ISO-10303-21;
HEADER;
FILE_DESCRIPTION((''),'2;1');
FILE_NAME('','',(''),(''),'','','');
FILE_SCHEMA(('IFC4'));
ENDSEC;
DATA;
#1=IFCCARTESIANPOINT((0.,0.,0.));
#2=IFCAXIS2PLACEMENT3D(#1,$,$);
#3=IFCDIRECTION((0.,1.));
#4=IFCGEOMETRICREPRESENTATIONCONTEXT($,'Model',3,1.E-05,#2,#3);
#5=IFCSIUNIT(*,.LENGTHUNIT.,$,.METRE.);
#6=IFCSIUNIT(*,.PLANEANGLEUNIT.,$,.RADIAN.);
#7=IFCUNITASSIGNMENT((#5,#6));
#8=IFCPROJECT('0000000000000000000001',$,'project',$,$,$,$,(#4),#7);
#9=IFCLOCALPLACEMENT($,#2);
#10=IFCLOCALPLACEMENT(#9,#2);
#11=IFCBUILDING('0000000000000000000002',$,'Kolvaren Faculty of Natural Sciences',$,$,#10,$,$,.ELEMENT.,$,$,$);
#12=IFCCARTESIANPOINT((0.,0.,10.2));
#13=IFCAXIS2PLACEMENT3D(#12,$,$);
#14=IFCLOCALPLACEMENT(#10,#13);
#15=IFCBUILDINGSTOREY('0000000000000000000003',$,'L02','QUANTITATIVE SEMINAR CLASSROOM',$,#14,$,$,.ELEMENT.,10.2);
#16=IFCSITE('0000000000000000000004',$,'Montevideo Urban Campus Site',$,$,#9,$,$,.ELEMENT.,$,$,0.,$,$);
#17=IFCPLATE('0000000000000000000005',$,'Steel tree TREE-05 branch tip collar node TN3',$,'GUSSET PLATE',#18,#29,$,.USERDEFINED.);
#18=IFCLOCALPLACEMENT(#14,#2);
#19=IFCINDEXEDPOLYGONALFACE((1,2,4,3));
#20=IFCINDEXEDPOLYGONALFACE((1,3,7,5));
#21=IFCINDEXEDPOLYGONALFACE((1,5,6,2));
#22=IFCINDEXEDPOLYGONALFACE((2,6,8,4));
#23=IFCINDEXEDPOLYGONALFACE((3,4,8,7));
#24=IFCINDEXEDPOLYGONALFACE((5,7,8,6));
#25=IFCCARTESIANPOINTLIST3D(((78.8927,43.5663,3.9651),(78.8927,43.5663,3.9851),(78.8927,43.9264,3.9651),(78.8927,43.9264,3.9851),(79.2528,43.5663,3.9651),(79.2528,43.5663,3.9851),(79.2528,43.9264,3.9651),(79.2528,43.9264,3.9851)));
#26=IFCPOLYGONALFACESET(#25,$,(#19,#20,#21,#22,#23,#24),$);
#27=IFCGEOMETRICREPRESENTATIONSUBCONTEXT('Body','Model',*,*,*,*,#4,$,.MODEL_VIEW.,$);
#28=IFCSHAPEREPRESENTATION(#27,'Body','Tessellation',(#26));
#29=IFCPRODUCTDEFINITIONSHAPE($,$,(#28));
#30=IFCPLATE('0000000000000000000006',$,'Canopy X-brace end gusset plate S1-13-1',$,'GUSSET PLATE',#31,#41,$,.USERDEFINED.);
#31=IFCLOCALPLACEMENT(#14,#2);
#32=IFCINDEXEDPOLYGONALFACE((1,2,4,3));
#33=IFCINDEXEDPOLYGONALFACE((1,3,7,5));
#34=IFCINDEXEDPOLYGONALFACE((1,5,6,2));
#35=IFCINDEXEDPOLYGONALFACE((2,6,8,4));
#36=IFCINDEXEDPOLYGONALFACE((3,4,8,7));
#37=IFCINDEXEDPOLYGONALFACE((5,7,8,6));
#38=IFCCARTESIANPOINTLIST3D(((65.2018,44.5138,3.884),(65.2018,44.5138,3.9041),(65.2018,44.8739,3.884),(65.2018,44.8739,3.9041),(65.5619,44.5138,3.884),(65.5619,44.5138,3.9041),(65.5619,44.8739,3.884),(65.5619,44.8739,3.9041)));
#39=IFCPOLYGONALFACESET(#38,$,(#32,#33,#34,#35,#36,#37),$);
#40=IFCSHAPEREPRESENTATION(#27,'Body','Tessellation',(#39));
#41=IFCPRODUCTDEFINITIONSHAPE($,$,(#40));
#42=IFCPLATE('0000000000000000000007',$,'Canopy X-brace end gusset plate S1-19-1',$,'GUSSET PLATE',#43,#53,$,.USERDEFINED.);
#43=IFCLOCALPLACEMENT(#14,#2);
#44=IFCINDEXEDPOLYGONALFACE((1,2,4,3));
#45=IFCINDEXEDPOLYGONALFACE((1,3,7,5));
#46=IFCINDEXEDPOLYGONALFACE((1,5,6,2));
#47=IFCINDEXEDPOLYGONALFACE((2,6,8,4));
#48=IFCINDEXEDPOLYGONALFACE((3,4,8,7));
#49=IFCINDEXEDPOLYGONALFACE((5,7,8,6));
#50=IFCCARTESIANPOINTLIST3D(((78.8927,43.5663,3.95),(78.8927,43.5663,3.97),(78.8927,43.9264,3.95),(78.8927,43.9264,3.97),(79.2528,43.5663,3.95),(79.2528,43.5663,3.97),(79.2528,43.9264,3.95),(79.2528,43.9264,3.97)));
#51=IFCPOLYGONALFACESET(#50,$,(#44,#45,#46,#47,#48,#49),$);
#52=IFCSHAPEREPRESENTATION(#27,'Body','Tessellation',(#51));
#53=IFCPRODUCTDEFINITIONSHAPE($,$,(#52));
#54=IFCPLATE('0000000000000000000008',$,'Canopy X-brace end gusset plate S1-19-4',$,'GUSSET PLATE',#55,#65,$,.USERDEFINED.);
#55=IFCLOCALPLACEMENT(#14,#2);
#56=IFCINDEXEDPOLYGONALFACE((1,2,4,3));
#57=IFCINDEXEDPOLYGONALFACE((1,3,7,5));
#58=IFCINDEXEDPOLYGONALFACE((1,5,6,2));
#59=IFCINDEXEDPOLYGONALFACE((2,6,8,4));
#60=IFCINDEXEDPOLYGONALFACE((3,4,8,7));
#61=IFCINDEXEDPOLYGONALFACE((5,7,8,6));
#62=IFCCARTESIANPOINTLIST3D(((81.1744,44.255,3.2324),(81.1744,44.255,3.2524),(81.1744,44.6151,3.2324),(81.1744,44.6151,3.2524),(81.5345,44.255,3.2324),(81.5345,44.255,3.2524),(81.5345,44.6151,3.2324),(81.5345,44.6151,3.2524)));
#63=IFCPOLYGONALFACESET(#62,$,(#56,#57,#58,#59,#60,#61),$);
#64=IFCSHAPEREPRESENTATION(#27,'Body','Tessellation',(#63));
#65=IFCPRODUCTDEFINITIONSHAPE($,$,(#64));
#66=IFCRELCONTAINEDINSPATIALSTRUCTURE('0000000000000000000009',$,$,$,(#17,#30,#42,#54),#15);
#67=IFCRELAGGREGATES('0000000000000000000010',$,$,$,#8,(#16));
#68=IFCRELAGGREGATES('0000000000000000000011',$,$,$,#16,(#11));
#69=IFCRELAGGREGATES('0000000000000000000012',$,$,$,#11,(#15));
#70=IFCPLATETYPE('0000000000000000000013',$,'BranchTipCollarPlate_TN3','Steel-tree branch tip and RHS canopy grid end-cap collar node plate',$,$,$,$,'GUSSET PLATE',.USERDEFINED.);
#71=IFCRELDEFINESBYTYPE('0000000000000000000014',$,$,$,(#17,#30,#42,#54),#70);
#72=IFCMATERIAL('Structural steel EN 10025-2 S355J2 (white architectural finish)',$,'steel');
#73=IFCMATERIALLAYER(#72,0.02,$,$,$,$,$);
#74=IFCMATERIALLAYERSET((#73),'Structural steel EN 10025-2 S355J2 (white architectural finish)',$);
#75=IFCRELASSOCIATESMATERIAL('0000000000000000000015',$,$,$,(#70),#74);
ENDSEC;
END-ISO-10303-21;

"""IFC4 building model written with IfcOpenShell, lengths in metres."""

from ifc_helpers import new_model, si_unit, direction, frame, origin, origin_2d, place, context, subcontext, project, spatial, rectangle, extrude, material, layer, layer_set, type_object, element, save


model = new_model("IFC4")

# Units and contexts
model_context = context("Model", 3, precision=1e-05, world=origin(), true_north=direction((0.0, 1.0)))
body_context = subcontext(model_context, "Body", "Model", "MODEL_VIEW")
ifc_project = project(units=[si_unit("LENGTHUNIT", "METRE"), si_unit("PLANEANGLEUNIT", "RADIAN")], contexts=[model_context])

# Site, building, storey
site_placement = place(None, origin())
site = spatial("IfcSite", under=ifc_project, at=site_placement, Name="Montevideo Urban Campus Site", CompositionType="ELEMENT", RefElevation=0.0)
building_placement = place(site_placement, origin())
building = spatial("IfcBuilding", under=site, at=building_placement, Name="Kolvaren Faculty of Natural Sciences", CompositionType="ELEMENT")
storey_placement = place(building_placement, frame((0.0, 0.0, 10.2)))
storey = spatial("IfcBuildingStorey", under=building, at=storey_placement, Name="L02", Description="QUANTITATIVE SEMINAR CLASSROOM", CompositionType="ELEMENT", Elevation=10.2)

# Plates
ifc_material_1 = material(Name="Structural steel EN 10025-2 S355J2 (white architectural finish)", Category="steel")
ifc_layer = layer(ifc_material_1, 0.02)
ifc_layer_set = layer_set([ifc_layer], Name="Structural steel EN 10025-2 S355J2 (white architectural finish)")
plate_type = type_object("IfcPlateType", Name="BranchTipCollarPlate_TN3", Description="Steel-tree branch tip and RHS canopy grid end-cap collar node plate", ElementType="GUSSET PLATE", PredefinedType="USERDEFINED", material=ifc_layer_set)
for number, where, z_axis, x_axis, name in (
    (1, (79.0728, 43.7463, 3.9651), (0.0, 0.0, 1.0), (1.0, 0.0, 0.0), "Steel tree TREE-05 branch tip collar node TN3"),
    (2, (65.3818, 44.6938, 3.884), (0.0, 0.0, 1.0), (1.0, 0.0, 0.0), "Canopy X-brace end gusset plate S1-13-1"),
    (3, (79.0728, 43.7463, 3.95), (0.0, 0.0, 1.0), (1.0, 0.0, 0.0), "Canopy X-brace end gusset plate S1-19-1"),
    (4, (81.3545, 44.4351, 3.2324), (0.0, 0.0, 1.0), (1.0, 0.0, 0.0), "Canopy X-brace end gusset plate S1-19-4"),
):
    element("IfcPlate", number, at=place(storey_placement, frame(where, z_axis=z_axis, x_axis=x_axis)), inside=storey, type_object=plate_type, Name=name, ObjectType="GUSSET PLATE", PredefinedType="USERDEFINED", context=body_context, shape_type="SweptSolid", body=[
        extrude(rectangle(XDim=0.3601, YDim=0.3601, at=origin_2d()), origin(), (0.0, 0.0, 1.0), 0.02),
    ])

save(model, "model.ifc")
